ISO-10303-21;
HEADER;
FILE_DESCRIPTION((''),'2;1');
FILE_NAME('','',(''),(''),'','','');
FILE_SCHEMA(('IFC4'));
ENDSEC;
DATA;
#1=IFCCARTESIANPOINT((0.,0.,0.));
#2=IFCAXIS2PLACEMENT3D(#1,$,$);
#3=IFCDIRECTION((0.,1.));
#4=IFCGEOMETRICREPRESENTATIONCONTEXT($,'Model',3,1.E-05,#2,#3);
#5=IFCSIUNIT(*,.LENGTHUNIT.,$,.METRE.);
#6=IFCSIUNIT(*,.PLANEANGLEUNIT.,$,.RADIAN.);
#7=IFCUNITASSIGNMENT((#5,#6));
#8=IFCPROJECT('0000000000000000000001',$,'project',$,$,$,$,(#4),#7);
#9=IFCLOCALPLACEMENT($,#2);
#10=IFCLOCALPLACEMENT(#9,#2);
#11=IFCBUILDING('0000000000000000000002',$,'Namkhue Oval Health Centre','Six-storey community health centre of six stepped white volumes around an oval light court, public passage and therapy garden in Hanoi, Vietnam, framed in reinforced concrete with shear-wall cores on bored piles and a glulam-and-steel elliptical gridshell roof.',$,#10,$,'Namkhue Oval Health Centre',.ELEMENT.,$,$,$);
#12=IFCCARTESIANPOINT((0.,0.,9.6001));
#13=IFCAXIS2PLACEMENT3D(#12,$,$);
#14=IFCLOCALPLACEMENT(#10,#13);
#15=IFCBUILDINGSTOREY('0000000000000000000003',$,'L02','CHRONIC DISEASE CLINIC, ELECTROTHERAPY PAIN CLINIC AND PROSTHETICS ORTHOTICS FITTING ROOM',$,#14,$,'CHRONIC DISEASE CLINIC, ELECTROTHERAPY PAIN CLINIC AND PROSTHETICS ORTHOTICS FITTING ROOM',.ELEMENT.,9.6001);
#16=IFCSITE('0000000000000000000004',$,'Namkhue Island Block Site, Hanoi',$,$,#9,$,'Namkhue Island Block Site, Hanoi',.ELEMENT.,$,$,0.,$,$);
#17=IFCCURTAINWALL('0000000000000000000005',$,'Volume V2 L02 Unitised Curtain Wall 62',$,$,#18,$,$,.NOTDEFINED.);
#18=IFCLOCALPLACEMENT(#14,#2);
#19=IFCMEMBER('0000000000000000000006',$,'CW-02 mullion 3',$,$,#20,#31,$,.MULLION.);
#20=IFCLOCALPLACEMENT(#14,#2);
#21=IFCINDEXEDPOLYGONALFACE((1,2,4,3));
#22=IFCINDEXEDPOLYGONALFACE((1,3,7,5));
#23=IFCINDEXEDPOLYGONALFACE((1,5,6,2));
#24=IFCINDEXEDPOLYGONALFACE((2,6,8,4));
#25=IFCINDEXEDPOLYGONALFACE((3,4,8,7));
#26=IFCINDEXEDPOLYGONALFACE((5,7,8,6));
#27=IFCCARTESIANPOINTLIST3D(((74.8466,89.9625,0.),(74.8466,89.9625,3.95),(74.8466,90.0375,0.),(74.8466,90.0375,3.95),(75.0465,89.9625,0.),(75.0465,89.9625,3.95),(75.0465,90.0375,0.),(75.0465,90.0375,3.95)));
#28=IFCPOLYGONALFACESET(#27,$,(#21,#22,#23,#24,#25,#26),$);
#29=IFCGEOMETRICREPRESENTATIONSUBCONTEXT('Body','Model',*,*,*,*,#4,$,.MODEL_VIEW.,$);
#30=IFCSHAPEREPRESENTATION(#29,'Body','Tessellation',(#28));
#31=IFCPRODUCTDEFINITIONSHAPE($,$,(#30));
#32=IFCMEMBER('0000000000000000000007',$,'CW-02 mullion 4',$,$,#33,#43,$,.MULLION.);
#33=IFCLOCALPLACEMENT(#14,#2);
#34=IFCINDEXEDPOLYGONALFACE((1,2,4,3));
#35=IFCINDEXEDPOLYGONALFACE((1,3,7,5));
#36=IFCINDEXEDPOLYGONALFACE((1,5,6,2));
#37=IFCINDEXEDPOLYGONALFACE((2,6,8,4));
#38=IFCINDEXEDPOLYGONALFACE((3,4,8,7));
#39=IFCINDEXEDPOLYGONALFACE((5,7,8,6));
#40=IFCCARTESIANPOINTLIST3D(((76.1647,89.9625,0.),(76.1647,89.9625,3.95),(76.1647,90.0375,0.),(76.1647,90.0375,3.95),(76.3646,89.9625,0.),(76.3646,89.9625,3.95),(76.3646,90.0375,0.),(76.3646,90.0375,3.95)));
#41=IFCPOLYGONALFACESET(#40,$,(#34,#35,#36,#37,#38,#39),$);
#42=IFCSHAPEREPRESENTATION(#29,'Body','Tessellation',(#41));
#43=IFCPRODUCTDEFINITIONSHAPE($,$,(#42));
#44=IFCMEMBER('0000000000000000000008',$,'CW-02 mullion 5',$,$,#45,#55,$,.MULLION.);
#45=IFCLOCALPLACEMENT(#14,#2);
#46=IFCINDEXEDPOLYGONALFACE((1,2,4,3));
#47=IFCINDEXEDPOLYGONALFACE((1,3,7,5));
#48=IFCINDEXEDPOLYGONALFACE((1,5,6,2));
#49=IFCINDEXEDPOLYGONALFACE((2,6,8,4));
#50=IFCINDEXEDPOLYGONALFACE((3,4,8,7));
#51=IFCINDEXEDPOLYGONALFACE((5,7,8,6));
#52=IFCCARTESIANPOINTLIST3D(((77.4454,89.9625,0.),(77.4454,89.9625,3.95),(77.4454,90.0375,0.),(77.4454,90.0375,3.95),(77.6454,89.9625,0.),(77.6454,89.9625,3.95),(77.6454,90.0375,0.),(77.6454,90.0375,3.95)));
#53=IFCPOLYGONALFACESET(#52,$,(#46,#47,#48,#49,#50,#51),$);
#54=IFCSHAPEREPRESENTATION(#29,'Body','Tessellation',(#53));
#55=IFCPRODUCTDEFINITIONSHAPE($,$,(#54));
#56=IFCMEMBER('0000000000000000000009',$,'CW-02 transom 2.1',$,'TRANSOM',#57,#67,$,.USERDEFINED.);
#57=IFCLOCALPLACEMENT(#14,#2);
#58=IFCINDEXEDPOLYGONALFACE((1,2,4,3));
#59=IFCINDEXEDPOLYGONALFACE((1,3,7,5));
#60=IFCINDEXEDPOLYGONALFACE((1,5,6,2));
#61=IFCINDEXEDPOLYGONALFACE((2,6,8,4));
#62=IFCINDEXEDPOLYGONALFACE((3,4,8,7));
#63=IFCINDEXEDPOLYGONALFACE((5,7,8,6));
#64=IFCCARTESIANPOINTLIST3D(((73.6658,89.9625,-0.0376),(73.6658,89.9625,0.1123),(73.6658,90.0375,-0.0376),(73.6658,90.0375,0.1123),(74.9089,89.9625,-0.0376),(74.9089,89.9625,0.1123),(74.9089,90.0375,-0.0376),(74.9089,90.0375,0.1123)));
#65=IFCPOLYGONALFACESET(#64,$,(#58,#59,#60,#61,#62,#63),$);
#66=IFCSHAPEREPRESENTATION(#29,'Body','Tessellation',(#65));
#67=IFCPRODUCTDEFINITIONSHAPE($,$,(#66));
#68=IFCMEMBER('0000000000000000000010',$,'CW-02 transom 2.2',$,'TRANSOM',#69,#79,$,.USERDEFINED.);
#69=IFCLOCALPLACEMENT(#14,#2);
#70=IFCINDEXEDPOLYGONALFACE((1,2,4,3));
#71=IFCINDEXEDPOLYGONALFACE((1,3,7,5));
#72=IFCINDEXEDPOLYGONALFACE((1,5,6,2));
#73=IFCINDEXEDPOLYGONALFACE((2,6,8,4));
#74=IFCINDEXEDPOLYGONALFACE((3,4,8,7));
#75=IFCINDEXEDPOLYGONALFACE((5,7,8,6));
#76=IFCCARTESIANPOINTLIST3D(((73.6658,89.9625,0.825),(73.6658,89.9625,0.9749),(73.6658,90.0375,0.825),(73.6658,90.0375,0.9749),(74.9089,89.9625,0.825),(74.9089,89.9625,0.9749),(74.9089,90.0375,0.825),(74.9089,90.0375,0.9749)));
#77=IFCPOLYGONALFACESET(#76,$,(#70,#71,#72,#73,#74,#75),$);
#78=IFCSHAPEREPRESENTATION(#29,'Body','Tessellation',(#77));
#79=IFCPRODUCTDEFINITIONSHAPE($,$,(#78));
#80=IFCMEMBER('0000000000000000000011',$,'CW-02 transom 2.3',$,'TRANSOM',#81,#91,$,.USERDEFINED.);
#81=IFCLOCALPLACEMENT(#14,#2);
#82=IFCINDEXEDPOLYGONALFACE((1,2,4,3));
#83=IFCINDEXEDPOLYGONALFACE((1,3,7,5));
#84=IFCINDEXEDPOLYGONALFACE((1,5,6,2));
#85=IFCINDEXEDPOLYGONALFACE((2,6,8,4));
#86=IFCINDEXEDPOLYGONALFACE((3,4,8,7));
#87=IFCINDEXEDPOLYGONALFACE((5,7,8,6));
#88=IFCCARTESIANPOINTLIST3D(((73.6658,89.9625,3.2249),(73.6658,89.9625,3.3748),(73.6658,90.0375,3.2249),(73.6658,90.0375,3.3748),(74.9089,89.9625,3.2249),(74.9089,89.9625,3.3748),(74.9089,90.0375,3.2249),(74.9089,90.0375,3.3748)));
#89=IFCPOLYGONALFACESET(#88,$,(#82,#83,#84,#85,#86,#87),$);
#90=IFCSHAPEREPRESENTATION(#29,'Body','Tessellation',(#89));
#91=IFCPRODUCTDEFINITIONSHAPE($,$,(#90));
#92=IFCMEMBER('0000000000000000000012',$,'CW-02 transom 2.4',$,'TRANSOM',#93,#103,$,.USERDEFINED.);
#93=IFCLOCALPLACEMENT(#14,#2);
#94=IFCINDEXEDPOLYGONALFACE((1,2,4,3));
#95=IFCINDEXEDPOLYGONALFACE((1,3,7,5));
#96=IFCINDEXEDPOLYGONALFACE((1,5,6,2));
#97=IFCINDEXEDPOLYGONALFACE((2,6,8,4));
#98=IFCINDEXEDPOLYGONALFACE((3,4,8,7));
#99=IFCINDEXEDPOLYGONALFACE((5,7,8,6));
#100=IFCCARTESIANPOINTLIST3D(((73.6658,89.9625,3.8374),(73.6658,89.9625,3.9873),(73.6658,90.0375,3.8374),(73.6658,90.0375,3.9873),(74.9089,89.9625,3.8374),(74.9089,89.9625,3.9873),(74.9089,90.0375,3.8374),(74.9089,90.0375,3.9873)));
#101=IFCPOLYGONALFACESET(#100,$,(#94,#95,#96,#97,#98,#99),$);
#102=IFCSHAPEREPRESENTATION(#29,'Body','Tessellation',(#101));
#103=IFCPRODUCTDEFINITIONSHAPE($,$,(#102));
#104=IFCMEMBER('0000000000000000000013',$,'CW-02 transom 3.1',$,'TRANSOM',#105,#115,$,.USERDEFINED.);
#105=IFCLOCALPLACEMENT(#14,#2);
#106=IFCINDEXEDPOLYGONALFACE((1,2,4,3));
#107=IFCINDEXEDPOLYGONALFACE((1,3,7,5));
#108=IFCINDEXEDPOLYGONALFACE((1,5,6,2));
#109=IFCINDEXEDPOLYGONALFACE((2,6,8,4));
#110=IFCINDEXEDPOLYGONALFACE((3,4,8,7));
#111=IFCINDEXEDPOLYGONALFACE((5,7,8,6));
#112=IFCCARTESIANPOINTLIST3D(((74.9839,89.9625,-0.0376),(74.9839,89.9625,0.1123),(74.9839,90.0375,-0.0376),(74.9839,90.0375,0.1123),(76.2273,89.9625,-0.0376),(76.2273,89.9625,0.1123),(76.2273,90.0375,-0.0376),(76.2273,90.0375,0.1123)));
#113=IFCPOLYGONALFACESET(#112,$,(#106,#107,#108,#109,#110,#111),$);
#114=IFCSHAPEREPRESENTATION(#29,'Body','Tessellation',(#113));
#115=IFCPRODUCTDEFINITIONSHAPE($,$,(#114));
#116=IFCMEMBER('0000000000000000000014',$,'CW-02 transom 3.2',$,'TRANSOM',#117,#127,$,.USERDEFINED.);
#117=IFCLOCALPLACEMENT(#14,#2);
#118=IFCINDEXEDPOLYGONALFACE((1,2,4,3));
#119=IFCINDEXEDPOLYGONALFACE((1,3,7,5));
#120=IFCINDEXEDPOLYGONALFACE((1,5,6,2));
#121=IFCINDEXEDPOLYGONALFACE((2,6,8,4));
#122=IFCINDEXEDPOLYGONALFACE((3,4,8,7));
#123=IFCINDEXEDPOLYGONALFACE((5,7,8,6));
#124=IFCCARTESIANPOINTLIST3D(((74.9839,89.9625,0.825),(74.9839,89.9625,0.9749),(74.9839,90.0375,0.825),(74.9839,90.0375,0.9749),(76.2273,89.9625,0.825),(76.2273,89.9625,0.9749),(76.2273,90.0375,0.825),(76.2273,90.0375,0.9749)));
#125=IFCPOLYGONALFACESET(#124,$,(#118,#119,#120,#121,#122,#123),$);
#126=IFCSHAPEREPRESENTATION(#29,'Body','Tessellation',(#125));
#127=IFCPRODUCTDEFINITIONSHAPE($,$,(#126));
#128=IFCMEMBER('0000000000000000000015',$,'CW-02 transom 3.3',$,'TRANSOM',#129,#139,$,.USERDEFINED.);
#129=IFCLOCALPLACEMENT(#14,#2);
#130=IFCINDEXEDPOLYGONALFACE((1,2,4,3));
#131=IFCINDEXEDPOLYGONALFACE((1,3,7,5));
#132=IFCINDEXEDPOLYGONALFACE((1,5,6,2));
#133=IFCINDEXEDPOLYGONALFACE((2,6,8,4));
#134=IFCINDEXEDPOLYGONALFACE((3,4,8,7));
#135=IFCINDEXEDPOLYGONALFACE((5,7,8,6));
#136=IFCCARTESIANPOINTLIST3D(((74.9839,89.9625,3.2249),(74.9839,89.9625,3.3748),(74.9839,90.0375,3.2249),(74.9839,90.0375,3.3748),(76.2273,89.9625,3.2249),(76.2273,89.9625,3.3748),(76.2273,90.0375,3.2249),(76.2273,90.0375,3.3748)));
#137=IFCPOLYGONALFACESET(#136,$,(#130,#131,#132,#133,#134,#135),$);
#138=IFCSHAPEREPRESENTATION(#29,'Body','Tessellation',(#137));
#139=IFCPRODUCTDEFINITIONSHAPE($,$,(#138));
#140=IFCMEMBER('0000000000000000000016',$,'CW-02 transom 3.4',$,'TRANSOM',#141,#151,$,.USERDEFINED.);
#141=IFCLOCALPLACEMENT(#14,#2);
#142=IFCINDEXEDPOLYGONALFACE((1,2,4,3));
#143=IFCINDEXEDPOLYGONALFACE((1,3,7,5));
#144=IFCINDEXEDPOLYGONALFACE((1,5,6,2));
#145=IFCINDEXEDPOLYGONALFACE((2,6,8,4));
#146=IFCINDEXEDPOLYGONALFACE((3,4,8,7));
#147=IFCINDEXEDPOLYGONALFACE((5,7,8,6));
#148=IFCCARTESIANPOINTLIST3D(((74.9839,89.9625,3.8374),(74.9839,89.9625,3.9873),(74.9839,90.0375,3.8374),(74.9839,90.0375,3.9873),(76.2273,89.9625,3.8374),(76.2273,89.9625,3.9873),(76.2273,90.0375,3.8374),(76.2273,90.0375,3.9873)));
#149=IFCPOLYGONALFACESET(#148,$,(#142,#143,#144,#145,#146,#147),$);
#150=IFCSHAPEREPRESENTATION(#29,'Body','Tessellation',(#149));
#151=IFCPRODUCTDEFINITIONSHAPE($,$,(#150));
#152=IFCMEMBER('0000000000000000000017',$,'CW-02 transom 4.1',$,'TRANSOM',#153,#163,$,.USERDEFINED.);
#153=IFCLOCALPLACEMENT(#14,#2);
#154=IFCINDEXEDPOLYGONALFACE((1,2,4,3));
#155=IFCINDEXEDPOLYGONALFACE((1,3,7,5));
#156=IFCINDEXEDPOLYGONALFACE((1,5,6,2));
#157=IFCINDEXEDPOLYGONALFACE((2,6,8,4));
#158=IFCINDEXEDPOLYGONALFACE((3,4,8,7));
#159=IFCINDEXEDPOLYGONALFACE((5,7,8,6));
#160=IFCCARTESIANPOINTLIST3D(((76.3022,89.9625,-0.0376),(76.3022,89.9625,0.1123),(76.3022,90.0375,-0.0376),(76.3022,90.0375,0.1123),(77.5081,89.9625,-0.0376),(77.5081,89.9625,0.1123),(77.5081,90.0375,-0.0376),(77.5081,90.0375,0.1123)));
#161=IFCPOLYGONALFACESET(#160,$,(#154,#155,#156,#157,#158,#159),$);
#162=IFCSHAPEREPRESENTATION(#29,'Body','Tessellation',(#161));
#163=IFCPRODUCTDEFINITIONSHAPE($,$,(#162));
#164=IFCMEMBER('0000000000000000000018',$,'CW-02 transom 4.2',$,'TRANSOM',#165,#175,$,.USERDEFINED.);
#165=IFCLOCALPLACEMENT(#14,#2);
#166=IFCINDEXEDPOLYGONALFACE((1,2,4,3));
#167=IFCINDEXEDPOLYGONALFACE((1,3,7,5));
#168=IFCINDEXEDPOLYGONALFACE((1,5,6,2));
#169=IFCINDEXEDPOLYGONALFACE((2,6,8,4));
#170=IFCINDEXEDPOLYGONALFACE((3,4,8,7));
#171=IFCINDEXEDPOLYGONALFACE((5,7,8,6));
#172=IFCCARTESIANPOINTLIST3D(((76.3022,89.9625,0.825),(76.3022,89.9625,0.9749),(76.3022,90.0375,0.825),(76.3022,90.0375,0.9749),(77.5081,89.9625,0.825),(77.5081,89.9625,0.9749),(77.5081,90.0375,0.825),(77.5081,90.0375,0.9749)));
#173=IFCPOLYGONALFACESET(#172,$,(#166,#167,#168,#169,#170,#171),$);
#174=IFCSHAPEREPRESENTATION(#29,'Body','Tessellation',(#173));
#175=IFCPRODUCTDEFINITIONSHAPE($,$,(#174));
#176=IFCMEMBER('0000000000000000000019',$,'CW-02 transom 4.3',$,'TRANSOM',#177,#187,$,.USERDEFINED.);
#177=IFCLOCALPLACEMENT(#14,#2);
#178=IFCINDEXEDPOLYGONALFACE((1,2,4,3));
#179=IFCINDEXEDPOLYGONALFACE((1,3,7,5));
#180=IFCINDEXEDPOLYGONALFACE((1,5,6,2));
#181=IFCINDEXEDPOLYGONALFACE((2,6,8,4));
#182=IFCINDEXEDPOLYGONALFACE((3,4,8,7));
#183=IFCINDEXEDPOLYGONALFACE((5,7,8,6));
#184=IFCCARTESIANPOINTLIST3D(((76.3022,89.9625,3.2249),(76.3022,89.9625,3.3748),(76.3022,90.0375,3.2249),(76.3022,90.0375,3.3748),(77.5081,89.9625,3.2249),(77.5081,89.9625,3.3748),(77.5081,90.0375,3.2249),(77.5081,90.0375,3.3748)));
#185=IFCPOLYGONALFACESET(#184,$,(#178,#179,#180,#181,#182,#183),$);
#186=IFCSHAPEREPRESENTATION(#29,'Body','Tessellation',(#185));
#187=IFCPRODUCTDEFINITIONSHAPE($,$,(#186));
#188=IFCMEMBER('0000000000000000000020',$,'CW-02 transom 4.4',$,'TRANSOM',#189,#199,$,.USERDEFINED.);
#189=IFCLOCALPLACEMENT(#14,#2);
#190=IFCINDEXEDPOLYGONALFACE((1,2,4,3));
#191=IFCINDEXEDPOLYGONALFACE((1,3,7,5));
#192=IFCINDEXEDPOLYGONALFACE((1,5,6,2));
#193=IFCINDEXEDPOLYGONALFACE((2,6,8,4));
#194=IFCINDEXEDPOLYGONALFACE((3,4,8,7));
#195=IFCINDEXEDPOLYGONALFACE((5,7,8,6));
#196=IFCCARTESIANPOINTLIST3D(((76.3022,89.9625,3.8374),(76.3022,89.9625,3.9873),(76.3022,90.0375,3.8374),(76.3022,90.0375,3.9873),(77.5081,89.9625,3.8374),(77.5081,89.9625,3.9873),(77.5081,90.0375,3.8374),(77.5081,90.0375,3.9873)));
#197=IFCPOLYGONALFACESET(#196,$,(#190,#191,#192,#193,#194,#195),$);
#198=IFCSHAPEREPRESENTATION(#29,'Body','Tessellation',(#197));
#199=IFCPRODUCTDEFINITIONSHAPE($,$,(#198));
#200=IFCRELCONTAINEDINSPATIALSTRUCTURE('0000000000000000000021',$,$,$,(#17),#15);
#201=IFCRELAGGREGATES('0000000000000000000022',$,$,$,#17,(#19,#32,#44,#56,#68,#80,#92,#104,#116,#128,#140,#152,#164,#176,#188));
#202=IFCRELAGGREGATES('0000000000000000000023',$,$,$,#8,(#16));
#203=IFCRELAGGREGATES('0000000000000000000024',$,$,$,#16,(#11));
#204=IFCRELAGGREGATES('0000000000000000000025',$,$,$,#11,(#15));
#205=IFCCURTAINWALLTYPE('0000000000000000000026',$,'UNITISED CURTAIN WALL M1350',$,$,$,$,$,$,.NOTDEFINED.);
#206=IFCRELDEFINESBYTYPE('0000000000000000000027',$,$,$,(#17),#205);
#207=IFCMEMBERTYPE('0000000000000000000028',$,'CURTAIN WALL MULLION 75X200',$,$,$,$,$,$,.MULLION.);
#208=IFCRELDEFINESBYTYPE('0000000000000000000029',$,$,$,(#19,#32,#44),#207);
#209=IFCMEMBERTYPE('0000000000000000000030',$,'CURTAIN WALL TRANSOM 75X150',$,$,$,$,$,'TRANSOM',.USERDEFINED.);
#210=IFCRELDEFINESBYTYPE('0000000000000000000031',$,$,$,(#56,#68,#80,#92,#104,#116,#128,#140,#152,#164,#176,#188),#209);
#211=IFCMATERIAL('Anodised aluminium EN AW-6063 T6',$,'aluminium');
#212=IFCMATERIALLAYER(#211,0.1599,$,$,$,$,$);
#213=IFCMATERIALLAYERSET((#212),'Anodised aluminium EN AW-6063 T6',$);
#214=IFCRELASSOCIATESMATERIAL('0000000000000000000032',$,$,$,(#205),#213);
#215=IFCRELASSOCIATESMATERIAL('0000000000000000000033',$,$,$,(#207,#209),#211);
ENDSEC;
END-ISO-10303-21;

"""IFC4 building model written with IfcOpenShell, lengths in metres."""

from ifc_helpers import new_model, si_unit, direction, frame, origin, origin_2d, place, context, subcontext, project, spatial, rectangle, extrude, material, layer, layer_set, material_profile, profile_set, type_object, element, aggregate, save


model = new_model("IFC4")

# Units and contexts
model_context = context("Model", 3, precision=1e-05, world=origin(), true_north=direction((0.0, 1.0)))
body_context = subcontext(model_context, "Body", "Model", "MODEL_VIEW")
ifc_project = project(units=[si_unit("LENGTHUNIT", "METRE"), si_unit("PLANEANGLEUNIT", "RADIAN")], contexts=[model_context])

# Site, building, storey
site_placement = place(None, origin())
site = spatial("IfcSite", under=ifc_project, at=site_placement, Name="Namkhue Island Block Site, Hanoi", LongName="Namkhue Island Block Site, Hanoi", CompositionType="ELEMENT", RefElevation=0.0)
building_placement = place(site_placement, origin())
building = spatial("IfcBuilding", under=site, at=building_placement, Name="Namkhue Oval Health Centre", Description="Six-storey community health centre of six stepped white volumes around an oval light court, public passage and therapy garden in Hanoi, Vietnam, framed in reinforced concrete with shear-wall cores on bored piles and a glulam-and-steel elliptical gridshell roof.", LongName="Namkhue Oval Health Centre", CompositionType="ELEMENT")
storey_placement = place(building_placement, frame((0.0, 0.0, 9.6001)))
storey = spatial("IfcBuildingStorey", under=building, at=storey_placement, Name="L02", Description="CHRONIC DISEASE CLINIC, ELECTROTHERAPY PAIN CLINIC AND PROSTHETICS ORTHOTICS FITTING ROOM", LongName="CHRONIC DISEASE CLINIC, ELECTROTHERAPY PAIN CLINIC AND PROSTHETICS ORTHOTICS FITTING ROOM", CompositionType="ELEMENT", Elevation=9.6001)

# Curtain wall, members
ifc_material_1 = material(Name="Anodised aluminium EN AW-6063 T6", Category="aluminium")
ifc_layer_1 = layer(ifc_material_1, 0.1599)
ifc_layer_set_1 = layer_set([ifc_layer_1], Name="Anodised aluminium EN AW-6063 T6")
curtain_wall_type = type_object("IfcCurtainWallType", Name="UNITISED CURTAIN WALL M1350", PredefinedType="NOTDEFINED", material=ifc_layer_set_1)
curtain_wall_placement = place(storey_placement, origin())
curtain_wall = element("IfcCurtainWall", 1, at=curtain_wall_placement, inside=storey, type_object=curtain_wall_type, Name="Volume V2 L02 Unitised Curtain Wall 62", PredefinedType="NOTDEFINED")
ifc_material_profile_1 = material_profile(ifc_material_1, rectangle(XDim=0.075, YDim=0.2, at=origin_2d()), Name="ALU 75x200")
ifc_profile_set_1 = profile_set([ifc_material_profile_1], Name="Anodised aluminium EN AW-6063 T6")
member_type_1 = type_object("IfcMemberType", Name="CURTAIN WALL MULLION 75X200", PredefinedType="MULLION", material=ifc_profile_set_1)
member_1_placement = place(storey_placement, frame((74.9465, 90.0, 0.0), z_axis=(0.0, 0.0, 1.0), x_axis=(0.0, 1.0, 0.0)))
member_1 = element("IfcMember", 2, at=member_1_placement, type_object=member_type_1, Name="CW-02 mullion 3", PredefinedType="MULLION", context=body_context, shape_type="SweptSolid", body=[
    extrude(rectangle(XDim=0.075, YDim=0.2, at=origin_2d()), origin(), (0.0, 0.0, 1.0), 3.95),
])
member_2_placement = place(storey_placement, frame((76.2646, 90.0, 0.0), z_axis=(0.0, 0.0, 1.0), x_axis=(0.0, 1.0, 0.0)))
member_2 = element("IfcMember", 3, at=member_2_placement, type_object=member_type_1, Name="CW-02 mullion 4", PredefinedType="MULLION", context=body_context, shape_type="SweptSolid", body=[
    extrude(rectangle(XDim=0.075, YDim=0.2, at=origin_2d()), origin(), (0.0, 0.0, 1.0), 3.95),
])
member_3_placement = place(storey_placement, frame((77.5454, 90.0, 0.0), z_axis=(0.0, 0.0, 1.0), x_axis=(0.0, 1.0, 0.0)))
member_3 = element("IfcMember", 4, at=member_3_placement, type_object=member_type_1, Name="CW-02 mullion 5", PredefinedType="MULLION", context=body_context, shape_type="SweptSolid", body=[
    extrude(rectangle(XDim=0.075, YDim=0.2, at=origin_2d()), origin(), (0.0, 0.0, 1.0), 3.95),
])
ifc_material_profile_2 = material_profile(ifc_material_1, rectangle(XDim=0.075, YDim=0.1499, at=origin_2d()), Name="ALU 75x150")
ifc_profile_set_2 = profile_set([ifc_material_profile_2], Name="Anodised aluminium EN AW-6063 T6")
member_type_2 = type_object("IfcMemberType", Name="CURTAIN WALL TRANSOM 75X150", ElementType="TRANSOM", PredefinedType="USERDEFINED", material=ifc_profile_set_2)
member_4_placement = place(storey_placement, frame((73.6658, 90.0, 0.0374), z_axis=(1.0, 0.0, 0.0), x_axis=(0.0, 1.0, 0.0)))
member_4 = element("IfcMember", 5, at=member_4_placement, type_object=member_type_2, Name="CW-02 transom 2.1", ObjectType="TRANSOM", PredefinedType="USERDEFINED", context=body_context, shape_type="SweptSolid", body=[
    extrude(rectangle(XDim=0.075, YDim=0.1499, at=origin_2d()), origin(), (0.0, 0.0, 1.0), 1.2432),
])
member_5_placement = place(storey_placement, frame((73.6658, 90.0, 0.8999), z_axis=(1.0, 0.0, 0.0), x_axis=(0.0, 1.0, 0.0)))
member_5 = element("IfcMember", 6, at=member_5_placement, type_object=member_type_2, Name="CW-02 transom 2.2", ObjectType="TRANSOM", PredefinedType="USERDEFINED", context=body_context, shape_type="SweptSolid", body=[
    extrude(rectangle(XDim=0.075, YDim=0.1499, at=origin_2d()), origin(), (0.0, 0.0, 1.0), 1.2432),
])
member_6_placement = place(storey_placement, frame((73.6658, 90.0, 3.2998), z_axis=(1.0, 0.0, 0.0), x_axis=(0.0, 1.0, 0.0)))
member_6 = element("IfcMember", 7, at=member_6_placement, type_object=member_type_2, Name="CW-02 transom 2.3", ObjectType="TRANSOM", PredefinedType="USERDEFINED", context=body_context, shape_type="SweptSolid", body=[
    extrude(rectangle(XDim=0.075, YDim=0.1499, at=origin_2d()), origin(), (0.0, 0.0, 1.0), 1.2432),
])
member_7_placement = place(storey_placement, frame((73.6658, 90.0, 3.9124), z_axis=(1.0, 0.0, 0.0), x_axis=(0.0, 1.0, 0.0)))
member_7 = element("IfcMember", 8, at=member_7_placement, type_object=member_type_2, Name="CW-02 transom 2.4", ObjectType="TRANSOM", PredefinedType="USERDEFINED", context=body_context, shape_type="SweptSolid", body=[
    extrude(rectangle(XDim=0.075, YDim=0.1499, at=origin_2d()), origin(), (0.0, 0.0, 1.0), 1.2432),
])
member_8_placement = place(storey_placement, frame((74.9839, 90.0, 0.0374), z_axis=(1.0, 0.0, 0.0), x_axis=(0.0, 1.0, 0.0)))
member_8 = element("IfcMember", 9, at=member_8_placement, type_object=member_type_2, Name="CW-02 transom 3.1", ObjectType="TRANSOM", PredefinedType="USERDEFINED", context=body_context, shape_type="SweptSolid", body=[
    extrude(rectangle(XDim=0.075, YDim=0.1499, at=origin_2d()), origin(), (0.0, 0.0, 1.0), 1.2434),
])
member_9_placement = place(storey_placement, frame((74.9839, 90.0, 0.8999), z_axis=(1.0, 0.0, 0.0), x_axis=(0.0, 1.0, 0.0)))
member_9 = element("IfcMember", 10, at=member_9_placement, type_object=member_type_2, Name="CW-02 transom 3.2", ObjectType="TRANSOM", PredefinedType="USERDEFINED", context=body_context, shape_type="SweptSolid", body=[
    extrude(rectangle(XDim=0.075, YDim=0.1499, at=origin_2d()), origin(), (0.0, 0.0, 1.0), 1.2434),
])
member_10_placement = place(storey_placement, frame((74.9839, 90.0, 3.2998), z_axis=(1.0, 0.0, 0.0), x_axis=(0.0, 1.0, 0.0)))
member_10 = element("IfcMember", 11, at=member_10_placement, type_object=member_type_2, Name="CW-02 transom 3.3", ObjectType="TRANSOM", PredefinedType="USERDEFINED", context=body_context, shape_type="SweptSolid", body=[
    extrude(rectangle(XDim=0.075, YDim=0.1499, at=origin_2d()), origin(), (0.0, 0.0, 1.0), 1.2434),
])
member_11_placement = place(storey_placement, frame((74.9839, 90.0, 3.9124), z_axis=(1.0, 0.0, 0.0), x_axis=(0.0, 1.0, 0.0)))
member_11 = element("IfcMember", 12, at=member_11_placement, type_object=member_type_2, Name="CW-02 transom 3.4", ObjectType="TRANSOM", PredefinedType="USERDEFINED", context=body_context, shape_type="SweptSolid", body=[
    extrude(rectangle(XDim=0.075, YDim=0.1499, at=origin_2d()), origin(), (0.0, 0.0, 1.0), 1.2434),
])
member_12_placement = place(storey_placement, frame((76.3022, 90.0, 0.0374), z_axis=(1.0, 0.0, 0.0), x_axis=(0.0, 1.0, 0.0)))
member_12 = element("IfcMember", 13, at=member_12_placement, type_object=member_type_2, Name="CW-02 transom 4.1", ObjectType="TRANSOM", PredefinedType="USERDEFINED", context=body_context, shape_type="SweptSolid", body=[
    extrude(rectangle(XDim=0.075, YDim=0.1499, at=origin_2d()), origin(), (0.0, 0.0, 1.0), 1.2058),
])
member_13_placement = place(storey_placement, frame((76.3022, 90.0, 0.8999), z_axis=(1.0, 0.0, 0.0), x_axis=(0.0, 1.0, 0.0)))
member_13 = element("IfcMember", 14, at=member_13_placement, type_object=member_type_2, Name="CW-02 transom 4.2", ObjectType="TRANSOM", PredefinedType="USERDEFINED", context=body_context, shape_type="SweptSolid", body=[
    extrude(rectangle(XDim=0.075, YDim=0.1499, at=origin_2d()), origin(), (0.0, 0.0, 1.0), 1.2058),
])
member_14_placement = place(storey_placement, frame((76.3022, 90.0, 3.2998), z_axis=(1.0, 0.0, 0.0), x_axis=(0.0, 1.0, 0.0)))
member_14 = element("IfcMember", 15, at=member_14_placement, type_object=member_type_2, Name="CW-02 transom 4.3", ObjectType="TRANSOM", PredefinedType="USERDEFINED", context=body_context, shape_type="SweptSolid", body=[
    extrude(rectangle(XDim=0.075, YDim=0.1499, at=origin_2d()), origin(), (0.0, 0.0, 1.0), 1.2058),
])
member_15_placement = place(storey_placement, frame((76.3022, 90.0, 3.9124), z_axis=(1.0, 0.0, 0.0), x_axis=(0.0, 1.0, 0.0)))
member_15 = element("IfcMember", 16, at=member_15_placement, type_object=member_type_2, Name="CW-02 transom 4.4", ObjectType="TRANSOM", PredefinedType="USERDEFINED", context=body_context, shape_type="SweptSolid", body=[
    extrude(rectangle(XDim=0.075, YDim=0.1499, at=origin_2d()), origin(), (0.0, 0.0, 1.0), 1.2058),
])
aggregate(curtain_wall, [member_1, member_2, member_3, member_4, member_5, member_6, member_7, member_8, member_9, member_10, member_11, member_12, member_13, member_14, member_15])

save(model, "model.ifc")
